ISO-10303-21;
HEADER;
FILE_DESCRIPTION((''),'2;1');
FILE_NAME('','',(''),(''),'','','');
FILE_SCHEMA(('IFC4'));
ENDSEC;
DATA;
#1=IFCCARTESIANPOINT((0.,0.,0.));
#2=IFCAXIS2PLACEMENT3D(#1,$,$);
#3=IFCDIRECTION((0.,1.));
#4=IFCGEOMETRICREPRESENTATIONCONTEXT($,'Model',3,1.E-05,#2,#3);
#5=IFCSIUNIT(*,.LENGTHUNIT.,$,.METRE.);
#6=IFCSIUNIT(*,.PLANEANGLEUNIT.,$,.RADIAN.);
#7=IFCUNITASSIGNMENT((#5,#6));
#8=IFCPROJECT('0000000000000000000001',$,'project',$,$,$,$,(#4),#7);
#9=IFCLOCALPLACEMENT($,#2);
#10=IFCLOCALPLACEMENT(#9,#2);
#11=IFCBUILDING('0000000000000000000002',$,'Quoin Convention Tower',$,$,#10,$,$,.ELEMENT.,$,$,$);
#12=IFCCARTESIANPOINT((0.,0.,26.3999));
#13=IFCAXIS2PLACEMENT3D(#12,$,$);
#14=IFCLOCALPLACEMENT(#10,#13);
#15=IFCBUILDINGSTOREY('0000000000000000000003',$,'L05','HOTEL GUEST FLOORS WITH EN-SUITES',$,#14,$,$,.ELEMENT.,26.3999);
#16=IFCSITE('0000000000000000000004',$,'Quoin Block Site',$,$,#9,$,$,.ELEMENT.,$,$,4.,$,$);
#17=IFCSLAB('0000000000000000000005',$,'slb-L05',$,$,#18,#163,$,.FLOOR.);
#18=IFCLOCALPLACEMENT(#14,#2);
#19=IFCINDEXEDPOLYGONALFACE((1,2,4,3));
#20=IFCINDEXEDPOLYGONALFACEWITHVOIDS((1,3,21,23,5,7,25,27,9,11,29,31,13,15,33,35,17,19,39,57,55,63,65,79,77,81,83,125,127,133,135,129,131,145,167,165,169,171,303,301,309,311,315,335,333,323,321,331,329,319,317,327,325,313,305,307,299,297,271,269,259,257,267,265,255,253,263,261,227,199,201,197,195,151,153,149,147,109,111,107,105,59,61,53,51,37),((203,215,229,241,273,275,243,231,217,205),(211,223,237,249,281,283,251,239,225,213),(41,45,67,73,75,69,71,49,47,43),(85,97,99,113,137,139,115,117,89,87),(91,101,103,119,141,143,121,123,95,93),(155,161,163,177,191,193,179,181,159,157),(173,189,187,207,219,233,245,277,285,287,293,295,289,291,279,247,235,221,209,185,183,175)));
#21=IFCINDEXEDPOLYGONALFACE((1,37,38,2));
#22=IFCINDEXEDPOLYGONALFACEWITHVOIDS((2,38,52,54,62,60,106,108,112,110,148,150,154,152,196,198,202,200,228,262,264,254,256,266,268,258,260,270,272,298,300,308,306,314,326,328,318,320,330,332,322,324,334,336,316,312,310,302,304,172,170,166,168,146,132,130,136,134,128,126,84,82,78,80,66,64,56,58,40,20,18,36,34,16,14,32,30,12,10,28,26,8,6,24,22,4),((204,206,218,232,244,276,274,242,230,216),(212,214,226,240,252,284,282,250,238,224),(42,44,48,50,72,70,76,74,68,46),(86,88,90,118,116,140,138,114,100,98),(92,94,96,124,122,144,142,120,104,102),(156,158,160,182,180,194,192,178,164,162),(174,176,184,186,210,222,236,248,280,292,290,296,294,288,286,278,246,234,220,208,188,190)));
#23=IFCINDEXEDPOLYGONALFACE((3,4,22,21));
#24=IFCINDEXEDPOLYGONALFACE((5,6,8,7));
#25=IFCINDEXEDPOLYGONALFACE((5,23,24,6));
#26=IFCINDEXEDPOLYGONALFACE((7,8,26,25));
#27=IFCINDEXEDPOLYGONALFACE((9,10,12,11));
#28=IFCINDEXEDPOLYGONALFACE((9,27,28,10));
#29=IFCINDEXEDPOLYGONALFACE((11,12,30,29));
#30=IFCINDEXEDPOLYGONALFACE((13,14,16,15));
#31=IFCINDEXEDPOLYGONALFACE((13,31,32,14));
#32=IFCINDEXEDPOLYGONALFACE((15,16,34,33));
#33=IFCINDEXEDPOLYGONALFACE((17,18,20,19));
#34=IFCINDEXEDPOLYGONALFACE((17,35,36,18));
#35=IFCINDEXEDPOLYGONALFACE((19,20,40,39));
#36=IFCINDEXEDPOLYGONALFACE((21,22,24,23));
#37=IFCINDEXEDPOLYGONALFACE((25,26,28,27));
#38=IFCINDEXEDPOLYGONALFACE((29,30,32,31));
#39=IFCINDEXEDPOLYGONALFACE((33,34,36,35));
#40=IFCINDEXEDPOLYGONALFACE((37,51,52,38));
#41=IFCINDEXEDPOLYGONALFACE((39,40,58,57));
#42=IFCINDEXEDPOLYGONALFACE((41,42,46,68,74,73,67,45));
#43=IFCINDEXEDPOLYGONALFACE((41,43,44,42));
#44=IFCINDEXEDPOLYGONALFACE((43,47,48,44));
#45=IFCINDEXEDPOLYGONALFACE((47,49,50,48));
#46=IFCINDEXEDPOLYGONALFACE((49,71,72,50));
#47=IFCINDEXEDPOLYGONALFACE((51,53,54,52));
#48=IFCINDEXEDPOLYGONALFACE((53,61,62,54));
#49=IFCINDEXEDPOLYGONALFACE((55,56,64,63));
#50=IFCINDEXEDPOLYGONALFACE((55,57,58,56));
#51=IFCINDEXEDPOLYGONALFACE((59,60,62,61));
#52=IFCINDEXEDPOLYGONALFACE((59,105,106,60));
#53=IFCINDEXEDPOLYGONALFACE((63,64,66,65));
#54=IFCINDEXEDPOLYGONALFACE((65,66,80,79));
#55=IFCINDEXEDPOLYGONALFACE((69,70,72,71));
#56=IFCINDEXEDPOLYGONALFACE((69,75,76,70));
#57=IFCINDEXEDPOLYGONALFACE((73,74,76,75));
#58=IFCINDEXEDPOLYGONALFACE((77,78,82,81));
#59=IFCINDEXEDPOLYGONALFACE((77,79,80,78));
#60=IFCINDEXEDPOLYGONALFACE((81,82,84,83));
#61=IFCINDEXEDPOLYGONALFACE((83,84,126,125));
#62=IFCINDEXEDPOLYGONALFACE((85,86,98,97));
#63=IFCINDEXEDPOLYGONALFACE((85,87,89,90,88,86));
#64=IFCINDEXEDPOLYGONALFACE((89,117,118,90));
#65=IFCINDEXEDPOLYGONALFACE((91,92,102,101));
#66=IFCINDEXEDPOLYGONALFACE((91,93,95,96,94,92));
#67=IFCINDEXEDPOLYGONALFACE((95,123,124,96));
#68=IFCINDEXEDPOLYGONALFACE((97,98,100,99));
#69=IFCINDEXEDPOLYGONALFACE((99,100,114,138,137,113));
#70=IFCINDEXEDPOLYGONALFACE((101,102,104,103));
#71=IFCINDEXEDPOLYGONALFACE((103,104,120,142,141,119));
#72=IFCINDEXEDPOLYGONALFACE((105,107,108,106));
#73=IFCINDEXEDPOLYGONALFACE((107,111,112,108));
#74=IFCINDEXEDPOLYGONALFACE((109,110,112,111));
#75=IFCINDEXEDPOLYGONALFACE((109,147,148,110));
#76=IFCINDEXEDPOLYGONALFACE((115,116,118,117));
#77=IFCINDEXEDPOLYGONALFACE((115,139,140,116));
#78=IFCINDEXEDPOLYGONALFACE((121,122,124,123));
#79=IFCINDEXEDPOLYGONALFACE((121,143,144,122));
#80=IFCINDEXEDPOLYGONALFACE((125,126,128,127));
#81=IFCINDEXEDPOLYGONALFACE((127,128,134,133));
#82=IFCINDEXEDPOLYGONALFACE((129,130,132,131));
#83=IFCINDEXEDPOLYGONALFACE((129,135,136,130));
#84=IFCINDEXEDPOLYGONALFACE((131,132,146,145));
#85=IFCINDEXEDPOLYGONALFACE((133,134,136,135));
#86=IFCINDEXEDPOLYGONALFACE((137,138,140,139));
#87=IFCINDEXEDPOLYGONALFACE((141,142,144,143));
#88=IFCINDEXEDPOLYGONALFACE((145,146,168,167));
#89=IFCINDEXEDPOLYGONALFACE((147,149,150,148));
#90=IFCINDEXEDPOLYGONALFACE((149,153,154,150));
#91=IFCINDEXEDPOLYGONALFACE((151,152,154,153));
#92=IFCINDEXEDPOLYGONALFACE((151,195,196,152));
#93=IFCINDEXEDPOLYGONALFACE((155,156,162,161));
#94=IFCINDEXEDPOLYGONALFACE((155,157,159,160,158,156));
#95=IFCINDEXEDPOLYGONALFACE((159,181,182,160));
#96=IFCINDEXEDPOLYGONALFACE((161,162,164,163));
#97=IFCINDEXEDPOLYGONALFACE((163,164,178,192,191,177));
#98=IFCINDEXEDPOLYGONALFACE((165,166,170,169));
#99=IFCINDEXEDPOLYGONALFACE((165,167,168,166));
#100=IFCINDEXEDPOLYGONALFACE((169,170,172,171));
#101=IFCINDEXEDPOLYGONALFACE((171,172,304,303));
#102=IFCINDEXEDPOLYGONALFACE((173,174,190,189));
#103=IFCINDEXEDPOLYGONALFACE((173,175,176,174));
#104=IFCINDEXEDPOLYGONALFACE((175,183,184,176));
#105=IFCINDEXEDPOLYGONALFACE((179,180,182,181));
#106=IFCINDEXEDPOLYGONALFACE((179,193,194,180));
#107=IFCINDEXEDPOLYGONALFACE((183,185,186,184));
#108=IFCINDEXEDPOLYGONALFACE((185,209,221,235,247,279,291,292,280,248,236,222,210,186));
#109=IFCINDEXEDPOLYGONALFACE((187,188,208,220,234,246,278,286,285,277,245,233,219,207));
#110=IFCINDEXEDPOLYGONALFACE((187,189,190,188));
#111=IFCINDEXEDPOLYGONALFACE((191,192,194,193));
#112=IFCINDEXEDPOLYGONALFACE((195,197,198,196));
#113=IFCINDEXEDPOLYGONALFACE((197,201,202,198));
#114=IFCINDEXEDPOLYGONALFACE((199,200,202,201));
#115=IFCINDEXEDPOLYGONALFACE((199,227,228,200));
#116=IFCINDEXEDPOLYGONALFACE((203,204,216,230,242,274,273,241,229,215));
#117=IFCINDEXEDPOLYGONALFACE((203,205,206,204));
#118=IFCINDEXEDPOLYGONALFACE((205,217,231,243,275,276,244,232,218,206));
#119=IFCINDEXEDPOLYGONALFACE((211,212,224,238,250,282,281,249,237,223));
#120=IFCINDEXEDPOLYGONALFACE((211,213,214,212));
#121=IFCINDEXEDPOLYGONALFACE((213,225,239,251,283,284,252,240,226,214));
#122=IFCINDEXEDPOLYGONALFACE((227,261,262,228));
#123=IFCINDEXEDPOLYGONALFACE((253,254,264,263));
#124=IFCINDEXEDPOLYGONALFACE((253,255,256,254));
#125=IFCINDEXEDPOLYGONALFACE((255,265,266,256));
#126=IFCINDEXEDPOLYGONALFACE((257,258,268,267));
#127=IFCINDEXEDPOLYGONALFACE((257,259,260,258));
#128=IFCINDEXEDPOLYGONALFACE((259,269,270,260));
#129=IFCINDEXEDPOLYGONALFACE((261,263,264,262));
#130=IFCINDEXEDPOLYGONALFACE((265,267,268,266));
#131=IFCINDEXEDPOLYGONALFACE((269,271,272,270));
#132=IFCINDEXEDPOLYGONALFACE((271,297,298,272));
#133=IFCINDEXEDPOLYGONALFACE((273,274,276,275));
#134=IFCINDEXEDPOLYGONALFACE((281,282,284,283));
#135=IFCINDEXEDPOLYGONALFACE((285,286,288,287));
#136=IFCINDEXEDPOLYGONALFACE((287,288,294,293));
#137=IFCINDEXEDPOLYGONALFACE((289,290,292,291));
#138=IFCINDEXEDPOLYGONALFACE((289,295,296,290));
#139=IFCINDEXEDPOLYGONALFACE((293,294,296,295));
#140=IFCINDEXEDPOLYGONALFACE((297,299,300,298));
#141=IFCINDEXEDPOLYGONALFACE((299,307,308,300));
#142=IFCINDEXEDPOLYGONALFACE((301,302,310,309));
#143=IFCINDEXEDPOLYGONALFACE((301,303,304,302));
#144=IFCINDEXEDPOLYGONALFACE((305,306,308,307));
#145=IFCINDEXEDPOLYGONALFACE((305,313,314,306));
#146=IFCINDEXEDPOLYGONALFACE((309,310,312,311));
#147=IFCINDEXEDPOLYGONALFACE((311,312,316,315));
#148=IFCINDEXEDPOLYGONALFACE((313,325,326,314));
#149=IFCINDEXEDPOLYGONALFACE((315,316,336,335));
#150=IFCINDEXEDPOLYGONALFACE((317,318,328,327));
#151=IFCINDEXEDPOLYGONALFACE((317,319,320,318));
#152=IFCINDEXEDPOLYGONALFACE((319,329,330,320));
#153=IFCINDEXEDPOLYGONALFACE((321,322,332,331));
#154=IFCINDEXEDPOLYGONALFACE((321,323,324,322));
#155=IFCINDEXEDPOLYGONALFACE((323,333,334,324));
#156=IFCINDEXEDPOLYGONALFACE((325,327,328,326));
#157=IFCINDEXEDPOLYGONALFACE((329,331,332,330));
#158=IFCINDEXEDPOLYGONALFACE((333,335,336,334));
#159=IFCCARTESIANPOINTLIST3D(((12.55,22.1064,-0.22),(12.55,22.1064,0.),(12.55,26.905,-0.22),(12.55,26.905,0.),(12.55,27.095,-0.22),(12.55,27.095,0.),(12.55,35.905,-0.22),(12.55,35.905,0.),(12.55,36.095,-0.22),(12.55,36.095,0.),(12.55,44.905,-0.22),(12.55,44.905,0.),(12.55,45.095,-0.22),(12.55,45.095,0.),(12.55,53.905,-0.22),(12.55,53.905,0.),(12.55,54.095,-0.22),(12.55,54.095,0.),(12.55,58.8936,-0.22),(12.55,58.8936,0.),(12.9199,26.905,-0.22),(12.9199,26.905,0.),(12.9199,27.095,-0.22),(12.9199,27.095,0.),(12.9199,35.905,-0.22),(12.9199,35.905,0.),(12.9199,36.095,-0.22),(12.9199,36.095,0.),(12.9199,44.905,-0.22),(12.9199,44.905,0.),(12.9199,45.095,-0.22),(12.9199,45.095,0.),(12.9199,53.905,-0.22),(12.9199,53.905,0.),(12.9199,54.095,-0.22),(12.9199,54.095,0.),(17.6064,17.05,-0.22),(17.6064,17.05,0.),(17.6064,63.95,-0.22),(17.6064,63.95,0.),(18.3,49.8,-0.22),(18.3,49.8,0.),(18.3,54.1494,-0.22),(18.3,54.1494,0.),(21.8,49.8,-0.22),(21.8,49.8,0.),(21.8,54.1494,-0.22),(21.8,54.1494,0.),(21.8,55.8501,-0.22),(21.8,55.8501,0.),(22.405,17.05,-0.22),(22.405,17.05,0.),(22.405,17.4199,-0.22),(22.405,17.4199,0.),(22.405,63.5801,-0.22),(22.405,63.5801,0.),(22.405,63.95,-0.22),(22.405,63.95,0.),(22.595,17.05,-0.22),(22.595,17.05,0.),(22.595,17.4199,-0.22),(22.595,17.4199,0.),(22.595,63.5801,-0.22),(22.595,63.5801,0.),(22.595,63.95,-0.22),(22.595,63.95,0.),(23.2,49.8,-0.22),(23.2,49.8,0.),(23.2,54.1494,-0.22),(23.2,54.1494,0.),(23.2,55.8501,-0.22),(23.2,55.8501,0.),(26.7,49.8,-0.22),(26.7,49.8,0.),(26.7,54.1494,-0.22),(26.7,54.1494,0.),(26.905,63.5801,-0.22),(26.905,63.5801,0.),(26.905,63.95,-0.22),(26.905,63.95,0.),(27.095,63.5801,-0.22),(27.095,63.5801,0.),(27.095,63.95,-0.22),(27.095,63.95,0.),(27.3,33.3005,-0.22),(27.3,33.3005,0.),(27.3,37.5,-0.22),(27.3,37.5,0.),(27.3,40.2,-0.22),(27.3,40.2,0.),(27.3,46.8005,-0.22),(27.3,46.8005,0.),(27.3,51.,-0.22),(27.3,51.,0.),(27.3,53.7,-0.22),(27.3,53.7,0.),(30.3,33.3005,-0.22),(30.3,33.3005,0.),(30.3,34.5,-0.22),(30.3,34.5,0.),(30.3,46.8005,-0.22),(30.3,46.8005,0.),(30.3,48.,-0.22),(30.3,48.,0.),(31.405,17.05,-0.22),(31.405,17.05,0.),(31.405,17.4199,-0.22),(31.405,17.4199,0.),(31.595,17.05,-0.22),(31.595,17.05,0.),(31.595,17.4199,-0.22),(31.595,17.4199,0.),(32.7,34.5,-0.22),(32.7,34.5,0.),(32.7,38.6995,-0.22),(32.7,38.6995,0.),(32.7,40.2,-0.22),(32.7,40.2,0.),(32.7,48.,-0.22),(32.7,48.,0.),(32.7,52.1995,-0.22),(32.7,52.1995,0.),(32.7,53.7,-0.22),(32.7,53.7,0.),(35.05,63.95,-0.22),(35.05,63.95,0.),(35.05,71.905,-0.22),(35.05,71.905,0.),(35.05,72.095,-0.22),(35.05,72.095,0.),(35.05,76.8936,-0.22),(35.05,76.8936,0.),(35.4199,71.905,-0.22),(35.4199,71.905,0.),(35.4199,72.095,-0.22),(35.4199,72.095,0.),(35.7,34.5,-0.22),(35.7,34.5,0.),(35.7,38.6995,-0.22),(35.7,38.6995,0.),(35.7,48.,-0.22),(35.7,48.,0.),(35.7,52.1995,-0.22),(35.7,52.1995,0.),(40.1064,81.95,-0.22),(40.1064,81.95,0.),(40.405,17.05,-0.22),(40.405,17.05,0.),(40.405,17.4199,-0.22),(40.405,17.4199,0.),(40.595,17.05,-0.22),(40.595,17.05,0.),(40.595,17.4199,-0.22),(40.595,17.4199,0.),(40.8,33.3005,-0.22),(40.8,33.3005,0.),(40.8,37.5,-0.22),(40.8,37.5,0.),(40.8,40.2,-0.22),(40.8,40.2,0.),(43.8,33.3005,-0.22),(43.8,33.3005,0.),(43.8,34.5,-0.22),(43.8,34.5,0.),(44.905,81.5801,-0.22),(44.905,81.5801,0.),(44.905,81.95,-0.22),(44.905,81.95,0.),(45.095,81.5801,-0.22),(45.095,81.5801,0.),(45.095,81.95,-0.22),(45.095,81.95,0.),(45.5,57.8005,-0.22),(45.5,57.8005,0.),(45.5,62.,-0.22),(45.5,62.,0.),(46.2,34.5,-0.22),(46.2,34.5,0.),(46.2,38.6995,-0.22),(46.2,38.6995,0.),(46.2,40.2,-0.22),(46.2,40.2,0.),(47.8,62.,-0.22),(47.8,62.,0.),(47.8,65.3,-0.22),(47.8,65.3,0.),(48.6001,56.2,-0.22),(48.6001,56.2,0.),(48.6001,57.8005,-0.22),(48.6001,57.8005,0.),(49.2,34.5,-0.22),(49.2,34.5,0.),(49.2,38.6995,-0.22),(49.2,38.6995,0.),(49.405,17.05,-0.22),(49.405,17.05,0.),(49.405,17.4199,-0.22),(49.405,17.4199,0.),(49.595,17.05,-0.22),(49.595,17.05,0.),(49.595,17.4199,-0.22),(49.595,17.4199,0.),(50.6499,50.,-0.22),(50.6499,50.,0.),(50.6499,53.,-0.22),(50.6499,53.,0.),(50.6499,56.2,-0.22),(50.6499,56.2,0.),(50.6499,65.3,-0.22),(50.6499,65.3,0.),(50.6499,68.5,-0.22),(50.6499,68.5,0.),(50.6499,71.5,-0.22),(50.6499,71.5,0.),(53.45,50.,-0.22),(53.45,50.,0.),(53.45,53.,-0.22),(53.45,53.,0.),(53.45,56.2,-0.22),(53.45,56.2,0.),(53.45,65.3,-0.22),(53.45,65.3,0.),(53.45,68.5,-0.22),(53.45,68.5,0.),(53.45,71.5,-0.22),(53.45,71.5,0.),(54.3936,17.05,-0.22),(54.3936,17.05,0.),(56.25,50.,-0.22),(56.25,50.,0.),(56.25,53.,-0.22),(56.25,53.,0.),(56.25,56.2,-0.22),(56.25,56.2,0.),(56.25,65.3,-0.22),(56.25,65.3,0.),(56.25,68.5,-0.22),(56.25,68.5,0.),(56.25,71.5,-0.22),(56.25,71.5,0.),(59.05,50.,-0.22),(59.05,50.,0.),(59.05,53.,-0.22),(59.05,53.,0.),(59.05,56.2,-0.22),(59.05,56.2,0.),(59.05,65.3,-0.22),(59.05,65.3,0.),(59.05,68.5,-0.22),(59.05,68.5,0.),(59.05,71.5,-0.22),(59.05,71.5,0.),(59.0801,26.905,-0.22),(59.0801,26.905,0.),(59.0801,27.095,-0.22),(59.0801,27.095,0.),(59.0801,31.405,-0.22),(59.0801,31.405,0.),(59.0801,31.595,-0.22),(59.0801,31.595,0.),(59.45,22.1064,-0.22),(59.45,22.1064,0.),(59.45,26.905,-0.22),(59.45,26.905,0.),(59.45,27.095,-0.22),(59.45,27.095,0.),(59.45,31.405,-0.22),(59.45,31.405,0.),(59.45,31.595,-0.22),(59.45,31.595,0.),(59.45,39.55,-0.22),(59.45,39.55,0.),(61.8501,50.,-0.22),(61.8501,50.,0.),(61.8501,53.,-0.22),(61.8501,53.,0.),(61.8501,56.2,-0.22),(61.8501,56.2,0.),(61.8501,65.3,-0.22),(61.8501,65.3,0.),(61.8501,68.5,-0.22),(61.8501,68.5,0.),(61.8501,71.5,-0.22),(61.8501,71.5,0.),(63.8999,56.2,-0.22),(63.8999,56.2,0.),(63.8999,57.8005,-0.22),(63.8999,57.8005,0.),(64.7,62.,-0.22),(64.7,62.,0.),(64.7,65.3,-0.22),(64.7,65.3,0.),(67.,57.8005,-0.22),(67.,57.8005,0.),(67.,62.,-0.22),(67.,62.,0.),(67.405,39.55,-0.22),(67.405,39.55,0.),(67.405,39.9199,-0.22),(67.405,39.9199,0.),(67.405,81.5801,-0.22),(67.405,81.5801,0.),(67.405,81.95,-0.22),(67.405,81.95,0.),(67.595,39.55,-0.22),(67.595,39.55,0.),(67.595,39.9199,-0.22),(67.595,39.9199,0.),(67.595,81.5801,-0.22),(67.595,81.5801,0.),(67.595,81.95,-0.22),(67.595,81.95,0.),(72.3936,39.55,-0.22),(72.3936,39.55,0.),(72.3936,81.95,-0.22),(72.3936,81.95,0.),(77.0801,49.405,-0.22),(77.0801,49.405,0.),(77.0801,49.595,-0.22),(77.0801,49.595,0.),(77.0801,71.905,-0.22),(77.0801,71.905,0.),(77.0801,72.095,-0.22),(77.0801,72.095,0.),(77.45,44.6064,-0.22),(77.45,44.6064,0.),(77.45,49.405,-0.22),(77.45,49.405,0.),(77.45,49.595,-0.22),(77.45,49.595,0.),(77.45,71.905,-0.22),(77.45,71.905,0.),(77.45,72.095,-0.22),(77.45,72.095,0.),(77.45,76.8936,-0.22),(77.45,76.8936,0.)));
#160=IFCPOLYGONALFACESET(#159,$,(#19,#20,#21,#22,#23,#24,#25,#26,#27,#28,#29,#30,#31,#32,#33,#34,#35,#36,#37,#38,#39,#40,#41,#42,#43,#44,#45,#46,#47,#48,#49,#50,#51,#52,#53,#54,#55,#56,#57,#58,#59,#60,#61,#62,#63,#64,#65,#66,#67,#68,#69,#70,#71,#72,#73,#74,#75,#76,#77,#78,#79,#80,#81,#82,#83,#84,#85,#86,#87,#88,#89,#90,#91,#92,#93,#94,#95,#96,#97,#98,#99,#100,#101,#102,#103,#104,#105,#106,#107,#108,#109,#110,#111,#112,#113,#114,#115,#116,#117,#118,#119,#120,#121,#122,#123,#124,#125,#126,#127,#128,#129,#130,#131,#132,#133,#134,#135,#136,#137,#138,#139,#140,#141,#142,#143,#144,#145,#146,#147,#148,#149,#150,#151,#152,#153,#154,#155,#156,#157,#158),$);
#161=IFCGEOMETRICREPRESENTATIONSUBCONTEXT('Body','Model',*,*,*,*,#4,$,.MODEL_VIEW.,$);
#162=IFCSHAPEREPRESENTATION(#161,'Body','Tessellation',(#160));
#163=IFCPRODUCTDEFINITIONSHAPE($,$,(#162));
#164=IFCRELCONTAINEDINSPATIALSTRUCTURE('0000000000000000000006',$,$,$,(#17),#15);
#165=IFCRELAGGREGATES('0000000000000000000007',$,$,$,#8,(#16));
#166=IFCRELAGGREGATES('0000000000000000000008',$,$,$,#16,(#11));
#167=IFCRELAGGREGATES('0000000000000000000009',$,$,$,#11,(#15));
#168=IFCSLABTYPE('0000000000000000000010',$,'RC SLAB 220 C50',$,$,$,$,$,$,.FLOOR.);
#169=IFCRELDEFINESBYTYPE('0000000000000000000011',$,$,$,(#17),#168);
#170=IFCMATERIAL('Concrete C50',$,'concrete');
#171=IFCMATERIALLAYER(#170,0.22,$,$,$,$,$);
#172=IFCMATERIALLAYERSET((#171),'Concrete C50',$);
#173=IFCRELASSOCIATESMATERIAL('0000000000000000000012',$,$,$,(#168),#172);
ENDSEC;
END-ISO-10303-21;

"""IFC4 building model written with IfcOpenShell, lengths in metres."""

from ifc_helpers import new_model, si_unit, direction, frame, origin, place, context, subcontext, project, spatial, polyline, outline, extrude, material, layer, layer_set, type_object, element, save


model = new_model("IFC4")

# Units and contexts
model_context = context("Model", 3, precision=1e-05, world=origin(), true_north=direction((0.0, 1.0)))
body_context = subcontext(model_context, "Body", "Model", "MODEL_VIEW")
ifc_project = project(units=[si_unit("LENGTHUNIT", "METRE"), si_unit("PLANEANGLEUNIT", "RADIAN")], contexts=[model_context])

# Site, building, storey
site_placement = place(None, origin())
site = spatial("IfcSite", under=ifc_project, at=site_placement, Name="Quoin Block Site", CompositionType="ELEMENT", RefElevation=4.0)
building_placement = place(site_placement, origin())
building = spatial("IfcBuilding", under=site, at=building_placement, Name="Quoin Convention Tower", CompositionType="ELEMENT")
storey_placement = place(building_placement, frame((0.0, 0.0, 26.3999)))
storey = spatial("IfcBuildingStorey", under=building, at=storey_placement, Name="L05", Description="HOTEL GUEST FLOORS WITH EN-SUITES", CompositionType="ELEMENT", Elevation=26.3999)

# Slab
ifc_material_1 = material(Name="Concrete C50", Category="concrete")
ifc_layer_1 = layer(ifc_material_1, 0.22)
ifc_layer_set_1 = layer_set([ifc_layer_1], Name="Concrete C50")
slab_type_1 = type_object("IfcSlabType", Name="RC SLAB 220 C50", PredefinedType="FLOOR", material=ifc_layer_set_1)
slab_1_placement = place(storey_placement, frame((0.0, 0.0, -0.22)))
element("IfcSlab", 1, at=slab_1_placement, inside=storey, type_object=slab_type_1, Name="slb-L05", PredefinedType="FLOOR", context=body_context, shape_type="SweptSolid", body=[
    extrude(outline(polyline([(17.6064, 63.95), (22.405, 63.95), (22.405, 63.5801), (22.595, 63.5801), (22.595, 63.95), (26.905, 63.95), (26.905, 63.5801), (27.095, 63.5801), (27.095, 63.95), (35.05, 63.95), (35.05, 71.905), (35.4199, 71.905), (35.4199, 72.095), (35.05, 72.095), (35.05, 76.8936), (40.1064, 81.95), (44.905, 81.95), (44.905, 81.5801), (45.095, 81.5801), (45.095, 81.95), (67.405, 81.95), (67.405, 81.5801), (67.595, 81.5801), (67.595, 81.95), (72.3936, 81.95), (77.45, 76.8936), (77.45, 72.095), (77.0801, 72.095), (77.0801, 71.905), (77.45, 71.905), (77.45, 49.595), (77.0801, 49.595), (77.0801, 49.405), (77.45, 49.405), (77.45, 44.6064), (72.3936, 39.55), (67.595, 39.55), (67.595, 39.9199), (67.405, 39.9199), (67.405, 39.55), (59.45, 39.55), (59.45, 31.595), (59.0801, 31.595), (59.0801, 31.405), (59.45, 31.405), (59.45, 27.095), (59.0801, 27.095), (59.0801, 26.905), (59.45, 26.905), (59.45, 22.1064), (54.3936, 17.05), (49.595, 17.05), (49.595, 17.4199), (49.405, 17.4199), (49.405, 17.05), (40.595, 17.05), (40.595, 17.4199), (40.405, 17.4199), (40.405, 17.05), (31.595, 17.05), (31.595, 17.4199), (31.405, 17.4199), (31.405, 17.05), (22.595, 17.05), (22.595, 17.4199), (22.405, 17.4199), (22.405, 17.05), (17.6064, 17.05), (12.55, 22.1064), (12.55, 26.905), (12.9199, 26.905), (12.9199, 27.095), (12.55, 27.095), (12.55, 35.905), (12.9199, 35.905), (12.9199, 36.095), (12.55, 36.095), (12.55, 44.905), (12.9199, 44.905), (12.9199, 45.095), (12.55, 45.095), (12.55, 53.905), (12.9199, 53.905), (12.9199, 54.095), (12.55, 54.095), (12.55, 58.8936), (17.6064, 63.95)]), holes=[polyline([(30.3, 34.5), (32.7, 34.5), (35.7, 34.5), (35.7, 38.6995), (32.7, 38.6995), (32.7, 40.2), (27.3, 40.2), (27.3, 37.5), (27.3, 33.3005), (30.3, 33.3005), (30.3, 34.5)]), polyline([(43.8, 34.5), (46.2, 34.5), (49.2, 34.5), (49.2, 38.6995), (46.2, 38.6995), (46.2, 40.2), (40.8, 40.2), (40.8, 37.5), (40.8, 33.3005), (43.8, 33.3005), (43.8, 34.5)]), polyline([(30.3, 46.8005), (30.3, 48.0), (32.7, 48.0), (35.7, 48.0), (35.7, 52.1995), (32.7, 52.1995), (32.7, 53.7), (27.3, 53.7), (27.3, 51.0), (27.3, 46.8005), (30.3, 46.8005)]), polyline([(56.25, 50.0), (59.05, 50.0), (61.8501, 50.0), (61.8501, 53.0), (59.05, 53.0), (56.25, 53.0), (53.45, 53.0), (50.6499, 53.0), (50.6499, 50.0), (53.45, 50.0), (56.25, 50.0)]), polyline([(26.7, 49.8), (26.7, 54.1494), (23.2, 54.1494), (23.2, 55.8501), (21.8, 55.8501), (21.8, 54.1494), (18.3, 54.1494), (18.3, 49.8), (21.8, 49.8), (23.2, 49.8), (26.7, 49.8)]), polyline([(48.6001, 57.8005), (48.6001, 56.2), (50.6499, 56.2), (53.45, 56.2), (56.25, 56.2), (59.05, 56.2), (61.8501, 56.2), (63.8999, 56.2), (63.8999, 57.8005), (67.0, 57.8005), (67.0, 62.0), (64.7, 62.0), (64.7, 65.3), (61.8501, 65.3), (59.05, 65.3), (56.25, 65.3), (53.45, 65.3), (50.6499, 65.3), (47.8, 65.3), (47.8, 62.0), (45.5, 62.0), (45.5, 57.8005), (48.6001, 57.8005)]), polyline([(61.8501, 68.5), (61.8501, 71.5), (59.05, 71.5), (56.25, 71.5), (53.45, 71.5), (50.6499, 71.5), (50.6499, 68.5), (53.45, 68.5), (56.25, 68.5), (59.05, 68.5), (61.8501, 68.5)])]), origin(), (0.0, 0.0, 1.0), 0.22),
])

save(model, "model.ifc")
